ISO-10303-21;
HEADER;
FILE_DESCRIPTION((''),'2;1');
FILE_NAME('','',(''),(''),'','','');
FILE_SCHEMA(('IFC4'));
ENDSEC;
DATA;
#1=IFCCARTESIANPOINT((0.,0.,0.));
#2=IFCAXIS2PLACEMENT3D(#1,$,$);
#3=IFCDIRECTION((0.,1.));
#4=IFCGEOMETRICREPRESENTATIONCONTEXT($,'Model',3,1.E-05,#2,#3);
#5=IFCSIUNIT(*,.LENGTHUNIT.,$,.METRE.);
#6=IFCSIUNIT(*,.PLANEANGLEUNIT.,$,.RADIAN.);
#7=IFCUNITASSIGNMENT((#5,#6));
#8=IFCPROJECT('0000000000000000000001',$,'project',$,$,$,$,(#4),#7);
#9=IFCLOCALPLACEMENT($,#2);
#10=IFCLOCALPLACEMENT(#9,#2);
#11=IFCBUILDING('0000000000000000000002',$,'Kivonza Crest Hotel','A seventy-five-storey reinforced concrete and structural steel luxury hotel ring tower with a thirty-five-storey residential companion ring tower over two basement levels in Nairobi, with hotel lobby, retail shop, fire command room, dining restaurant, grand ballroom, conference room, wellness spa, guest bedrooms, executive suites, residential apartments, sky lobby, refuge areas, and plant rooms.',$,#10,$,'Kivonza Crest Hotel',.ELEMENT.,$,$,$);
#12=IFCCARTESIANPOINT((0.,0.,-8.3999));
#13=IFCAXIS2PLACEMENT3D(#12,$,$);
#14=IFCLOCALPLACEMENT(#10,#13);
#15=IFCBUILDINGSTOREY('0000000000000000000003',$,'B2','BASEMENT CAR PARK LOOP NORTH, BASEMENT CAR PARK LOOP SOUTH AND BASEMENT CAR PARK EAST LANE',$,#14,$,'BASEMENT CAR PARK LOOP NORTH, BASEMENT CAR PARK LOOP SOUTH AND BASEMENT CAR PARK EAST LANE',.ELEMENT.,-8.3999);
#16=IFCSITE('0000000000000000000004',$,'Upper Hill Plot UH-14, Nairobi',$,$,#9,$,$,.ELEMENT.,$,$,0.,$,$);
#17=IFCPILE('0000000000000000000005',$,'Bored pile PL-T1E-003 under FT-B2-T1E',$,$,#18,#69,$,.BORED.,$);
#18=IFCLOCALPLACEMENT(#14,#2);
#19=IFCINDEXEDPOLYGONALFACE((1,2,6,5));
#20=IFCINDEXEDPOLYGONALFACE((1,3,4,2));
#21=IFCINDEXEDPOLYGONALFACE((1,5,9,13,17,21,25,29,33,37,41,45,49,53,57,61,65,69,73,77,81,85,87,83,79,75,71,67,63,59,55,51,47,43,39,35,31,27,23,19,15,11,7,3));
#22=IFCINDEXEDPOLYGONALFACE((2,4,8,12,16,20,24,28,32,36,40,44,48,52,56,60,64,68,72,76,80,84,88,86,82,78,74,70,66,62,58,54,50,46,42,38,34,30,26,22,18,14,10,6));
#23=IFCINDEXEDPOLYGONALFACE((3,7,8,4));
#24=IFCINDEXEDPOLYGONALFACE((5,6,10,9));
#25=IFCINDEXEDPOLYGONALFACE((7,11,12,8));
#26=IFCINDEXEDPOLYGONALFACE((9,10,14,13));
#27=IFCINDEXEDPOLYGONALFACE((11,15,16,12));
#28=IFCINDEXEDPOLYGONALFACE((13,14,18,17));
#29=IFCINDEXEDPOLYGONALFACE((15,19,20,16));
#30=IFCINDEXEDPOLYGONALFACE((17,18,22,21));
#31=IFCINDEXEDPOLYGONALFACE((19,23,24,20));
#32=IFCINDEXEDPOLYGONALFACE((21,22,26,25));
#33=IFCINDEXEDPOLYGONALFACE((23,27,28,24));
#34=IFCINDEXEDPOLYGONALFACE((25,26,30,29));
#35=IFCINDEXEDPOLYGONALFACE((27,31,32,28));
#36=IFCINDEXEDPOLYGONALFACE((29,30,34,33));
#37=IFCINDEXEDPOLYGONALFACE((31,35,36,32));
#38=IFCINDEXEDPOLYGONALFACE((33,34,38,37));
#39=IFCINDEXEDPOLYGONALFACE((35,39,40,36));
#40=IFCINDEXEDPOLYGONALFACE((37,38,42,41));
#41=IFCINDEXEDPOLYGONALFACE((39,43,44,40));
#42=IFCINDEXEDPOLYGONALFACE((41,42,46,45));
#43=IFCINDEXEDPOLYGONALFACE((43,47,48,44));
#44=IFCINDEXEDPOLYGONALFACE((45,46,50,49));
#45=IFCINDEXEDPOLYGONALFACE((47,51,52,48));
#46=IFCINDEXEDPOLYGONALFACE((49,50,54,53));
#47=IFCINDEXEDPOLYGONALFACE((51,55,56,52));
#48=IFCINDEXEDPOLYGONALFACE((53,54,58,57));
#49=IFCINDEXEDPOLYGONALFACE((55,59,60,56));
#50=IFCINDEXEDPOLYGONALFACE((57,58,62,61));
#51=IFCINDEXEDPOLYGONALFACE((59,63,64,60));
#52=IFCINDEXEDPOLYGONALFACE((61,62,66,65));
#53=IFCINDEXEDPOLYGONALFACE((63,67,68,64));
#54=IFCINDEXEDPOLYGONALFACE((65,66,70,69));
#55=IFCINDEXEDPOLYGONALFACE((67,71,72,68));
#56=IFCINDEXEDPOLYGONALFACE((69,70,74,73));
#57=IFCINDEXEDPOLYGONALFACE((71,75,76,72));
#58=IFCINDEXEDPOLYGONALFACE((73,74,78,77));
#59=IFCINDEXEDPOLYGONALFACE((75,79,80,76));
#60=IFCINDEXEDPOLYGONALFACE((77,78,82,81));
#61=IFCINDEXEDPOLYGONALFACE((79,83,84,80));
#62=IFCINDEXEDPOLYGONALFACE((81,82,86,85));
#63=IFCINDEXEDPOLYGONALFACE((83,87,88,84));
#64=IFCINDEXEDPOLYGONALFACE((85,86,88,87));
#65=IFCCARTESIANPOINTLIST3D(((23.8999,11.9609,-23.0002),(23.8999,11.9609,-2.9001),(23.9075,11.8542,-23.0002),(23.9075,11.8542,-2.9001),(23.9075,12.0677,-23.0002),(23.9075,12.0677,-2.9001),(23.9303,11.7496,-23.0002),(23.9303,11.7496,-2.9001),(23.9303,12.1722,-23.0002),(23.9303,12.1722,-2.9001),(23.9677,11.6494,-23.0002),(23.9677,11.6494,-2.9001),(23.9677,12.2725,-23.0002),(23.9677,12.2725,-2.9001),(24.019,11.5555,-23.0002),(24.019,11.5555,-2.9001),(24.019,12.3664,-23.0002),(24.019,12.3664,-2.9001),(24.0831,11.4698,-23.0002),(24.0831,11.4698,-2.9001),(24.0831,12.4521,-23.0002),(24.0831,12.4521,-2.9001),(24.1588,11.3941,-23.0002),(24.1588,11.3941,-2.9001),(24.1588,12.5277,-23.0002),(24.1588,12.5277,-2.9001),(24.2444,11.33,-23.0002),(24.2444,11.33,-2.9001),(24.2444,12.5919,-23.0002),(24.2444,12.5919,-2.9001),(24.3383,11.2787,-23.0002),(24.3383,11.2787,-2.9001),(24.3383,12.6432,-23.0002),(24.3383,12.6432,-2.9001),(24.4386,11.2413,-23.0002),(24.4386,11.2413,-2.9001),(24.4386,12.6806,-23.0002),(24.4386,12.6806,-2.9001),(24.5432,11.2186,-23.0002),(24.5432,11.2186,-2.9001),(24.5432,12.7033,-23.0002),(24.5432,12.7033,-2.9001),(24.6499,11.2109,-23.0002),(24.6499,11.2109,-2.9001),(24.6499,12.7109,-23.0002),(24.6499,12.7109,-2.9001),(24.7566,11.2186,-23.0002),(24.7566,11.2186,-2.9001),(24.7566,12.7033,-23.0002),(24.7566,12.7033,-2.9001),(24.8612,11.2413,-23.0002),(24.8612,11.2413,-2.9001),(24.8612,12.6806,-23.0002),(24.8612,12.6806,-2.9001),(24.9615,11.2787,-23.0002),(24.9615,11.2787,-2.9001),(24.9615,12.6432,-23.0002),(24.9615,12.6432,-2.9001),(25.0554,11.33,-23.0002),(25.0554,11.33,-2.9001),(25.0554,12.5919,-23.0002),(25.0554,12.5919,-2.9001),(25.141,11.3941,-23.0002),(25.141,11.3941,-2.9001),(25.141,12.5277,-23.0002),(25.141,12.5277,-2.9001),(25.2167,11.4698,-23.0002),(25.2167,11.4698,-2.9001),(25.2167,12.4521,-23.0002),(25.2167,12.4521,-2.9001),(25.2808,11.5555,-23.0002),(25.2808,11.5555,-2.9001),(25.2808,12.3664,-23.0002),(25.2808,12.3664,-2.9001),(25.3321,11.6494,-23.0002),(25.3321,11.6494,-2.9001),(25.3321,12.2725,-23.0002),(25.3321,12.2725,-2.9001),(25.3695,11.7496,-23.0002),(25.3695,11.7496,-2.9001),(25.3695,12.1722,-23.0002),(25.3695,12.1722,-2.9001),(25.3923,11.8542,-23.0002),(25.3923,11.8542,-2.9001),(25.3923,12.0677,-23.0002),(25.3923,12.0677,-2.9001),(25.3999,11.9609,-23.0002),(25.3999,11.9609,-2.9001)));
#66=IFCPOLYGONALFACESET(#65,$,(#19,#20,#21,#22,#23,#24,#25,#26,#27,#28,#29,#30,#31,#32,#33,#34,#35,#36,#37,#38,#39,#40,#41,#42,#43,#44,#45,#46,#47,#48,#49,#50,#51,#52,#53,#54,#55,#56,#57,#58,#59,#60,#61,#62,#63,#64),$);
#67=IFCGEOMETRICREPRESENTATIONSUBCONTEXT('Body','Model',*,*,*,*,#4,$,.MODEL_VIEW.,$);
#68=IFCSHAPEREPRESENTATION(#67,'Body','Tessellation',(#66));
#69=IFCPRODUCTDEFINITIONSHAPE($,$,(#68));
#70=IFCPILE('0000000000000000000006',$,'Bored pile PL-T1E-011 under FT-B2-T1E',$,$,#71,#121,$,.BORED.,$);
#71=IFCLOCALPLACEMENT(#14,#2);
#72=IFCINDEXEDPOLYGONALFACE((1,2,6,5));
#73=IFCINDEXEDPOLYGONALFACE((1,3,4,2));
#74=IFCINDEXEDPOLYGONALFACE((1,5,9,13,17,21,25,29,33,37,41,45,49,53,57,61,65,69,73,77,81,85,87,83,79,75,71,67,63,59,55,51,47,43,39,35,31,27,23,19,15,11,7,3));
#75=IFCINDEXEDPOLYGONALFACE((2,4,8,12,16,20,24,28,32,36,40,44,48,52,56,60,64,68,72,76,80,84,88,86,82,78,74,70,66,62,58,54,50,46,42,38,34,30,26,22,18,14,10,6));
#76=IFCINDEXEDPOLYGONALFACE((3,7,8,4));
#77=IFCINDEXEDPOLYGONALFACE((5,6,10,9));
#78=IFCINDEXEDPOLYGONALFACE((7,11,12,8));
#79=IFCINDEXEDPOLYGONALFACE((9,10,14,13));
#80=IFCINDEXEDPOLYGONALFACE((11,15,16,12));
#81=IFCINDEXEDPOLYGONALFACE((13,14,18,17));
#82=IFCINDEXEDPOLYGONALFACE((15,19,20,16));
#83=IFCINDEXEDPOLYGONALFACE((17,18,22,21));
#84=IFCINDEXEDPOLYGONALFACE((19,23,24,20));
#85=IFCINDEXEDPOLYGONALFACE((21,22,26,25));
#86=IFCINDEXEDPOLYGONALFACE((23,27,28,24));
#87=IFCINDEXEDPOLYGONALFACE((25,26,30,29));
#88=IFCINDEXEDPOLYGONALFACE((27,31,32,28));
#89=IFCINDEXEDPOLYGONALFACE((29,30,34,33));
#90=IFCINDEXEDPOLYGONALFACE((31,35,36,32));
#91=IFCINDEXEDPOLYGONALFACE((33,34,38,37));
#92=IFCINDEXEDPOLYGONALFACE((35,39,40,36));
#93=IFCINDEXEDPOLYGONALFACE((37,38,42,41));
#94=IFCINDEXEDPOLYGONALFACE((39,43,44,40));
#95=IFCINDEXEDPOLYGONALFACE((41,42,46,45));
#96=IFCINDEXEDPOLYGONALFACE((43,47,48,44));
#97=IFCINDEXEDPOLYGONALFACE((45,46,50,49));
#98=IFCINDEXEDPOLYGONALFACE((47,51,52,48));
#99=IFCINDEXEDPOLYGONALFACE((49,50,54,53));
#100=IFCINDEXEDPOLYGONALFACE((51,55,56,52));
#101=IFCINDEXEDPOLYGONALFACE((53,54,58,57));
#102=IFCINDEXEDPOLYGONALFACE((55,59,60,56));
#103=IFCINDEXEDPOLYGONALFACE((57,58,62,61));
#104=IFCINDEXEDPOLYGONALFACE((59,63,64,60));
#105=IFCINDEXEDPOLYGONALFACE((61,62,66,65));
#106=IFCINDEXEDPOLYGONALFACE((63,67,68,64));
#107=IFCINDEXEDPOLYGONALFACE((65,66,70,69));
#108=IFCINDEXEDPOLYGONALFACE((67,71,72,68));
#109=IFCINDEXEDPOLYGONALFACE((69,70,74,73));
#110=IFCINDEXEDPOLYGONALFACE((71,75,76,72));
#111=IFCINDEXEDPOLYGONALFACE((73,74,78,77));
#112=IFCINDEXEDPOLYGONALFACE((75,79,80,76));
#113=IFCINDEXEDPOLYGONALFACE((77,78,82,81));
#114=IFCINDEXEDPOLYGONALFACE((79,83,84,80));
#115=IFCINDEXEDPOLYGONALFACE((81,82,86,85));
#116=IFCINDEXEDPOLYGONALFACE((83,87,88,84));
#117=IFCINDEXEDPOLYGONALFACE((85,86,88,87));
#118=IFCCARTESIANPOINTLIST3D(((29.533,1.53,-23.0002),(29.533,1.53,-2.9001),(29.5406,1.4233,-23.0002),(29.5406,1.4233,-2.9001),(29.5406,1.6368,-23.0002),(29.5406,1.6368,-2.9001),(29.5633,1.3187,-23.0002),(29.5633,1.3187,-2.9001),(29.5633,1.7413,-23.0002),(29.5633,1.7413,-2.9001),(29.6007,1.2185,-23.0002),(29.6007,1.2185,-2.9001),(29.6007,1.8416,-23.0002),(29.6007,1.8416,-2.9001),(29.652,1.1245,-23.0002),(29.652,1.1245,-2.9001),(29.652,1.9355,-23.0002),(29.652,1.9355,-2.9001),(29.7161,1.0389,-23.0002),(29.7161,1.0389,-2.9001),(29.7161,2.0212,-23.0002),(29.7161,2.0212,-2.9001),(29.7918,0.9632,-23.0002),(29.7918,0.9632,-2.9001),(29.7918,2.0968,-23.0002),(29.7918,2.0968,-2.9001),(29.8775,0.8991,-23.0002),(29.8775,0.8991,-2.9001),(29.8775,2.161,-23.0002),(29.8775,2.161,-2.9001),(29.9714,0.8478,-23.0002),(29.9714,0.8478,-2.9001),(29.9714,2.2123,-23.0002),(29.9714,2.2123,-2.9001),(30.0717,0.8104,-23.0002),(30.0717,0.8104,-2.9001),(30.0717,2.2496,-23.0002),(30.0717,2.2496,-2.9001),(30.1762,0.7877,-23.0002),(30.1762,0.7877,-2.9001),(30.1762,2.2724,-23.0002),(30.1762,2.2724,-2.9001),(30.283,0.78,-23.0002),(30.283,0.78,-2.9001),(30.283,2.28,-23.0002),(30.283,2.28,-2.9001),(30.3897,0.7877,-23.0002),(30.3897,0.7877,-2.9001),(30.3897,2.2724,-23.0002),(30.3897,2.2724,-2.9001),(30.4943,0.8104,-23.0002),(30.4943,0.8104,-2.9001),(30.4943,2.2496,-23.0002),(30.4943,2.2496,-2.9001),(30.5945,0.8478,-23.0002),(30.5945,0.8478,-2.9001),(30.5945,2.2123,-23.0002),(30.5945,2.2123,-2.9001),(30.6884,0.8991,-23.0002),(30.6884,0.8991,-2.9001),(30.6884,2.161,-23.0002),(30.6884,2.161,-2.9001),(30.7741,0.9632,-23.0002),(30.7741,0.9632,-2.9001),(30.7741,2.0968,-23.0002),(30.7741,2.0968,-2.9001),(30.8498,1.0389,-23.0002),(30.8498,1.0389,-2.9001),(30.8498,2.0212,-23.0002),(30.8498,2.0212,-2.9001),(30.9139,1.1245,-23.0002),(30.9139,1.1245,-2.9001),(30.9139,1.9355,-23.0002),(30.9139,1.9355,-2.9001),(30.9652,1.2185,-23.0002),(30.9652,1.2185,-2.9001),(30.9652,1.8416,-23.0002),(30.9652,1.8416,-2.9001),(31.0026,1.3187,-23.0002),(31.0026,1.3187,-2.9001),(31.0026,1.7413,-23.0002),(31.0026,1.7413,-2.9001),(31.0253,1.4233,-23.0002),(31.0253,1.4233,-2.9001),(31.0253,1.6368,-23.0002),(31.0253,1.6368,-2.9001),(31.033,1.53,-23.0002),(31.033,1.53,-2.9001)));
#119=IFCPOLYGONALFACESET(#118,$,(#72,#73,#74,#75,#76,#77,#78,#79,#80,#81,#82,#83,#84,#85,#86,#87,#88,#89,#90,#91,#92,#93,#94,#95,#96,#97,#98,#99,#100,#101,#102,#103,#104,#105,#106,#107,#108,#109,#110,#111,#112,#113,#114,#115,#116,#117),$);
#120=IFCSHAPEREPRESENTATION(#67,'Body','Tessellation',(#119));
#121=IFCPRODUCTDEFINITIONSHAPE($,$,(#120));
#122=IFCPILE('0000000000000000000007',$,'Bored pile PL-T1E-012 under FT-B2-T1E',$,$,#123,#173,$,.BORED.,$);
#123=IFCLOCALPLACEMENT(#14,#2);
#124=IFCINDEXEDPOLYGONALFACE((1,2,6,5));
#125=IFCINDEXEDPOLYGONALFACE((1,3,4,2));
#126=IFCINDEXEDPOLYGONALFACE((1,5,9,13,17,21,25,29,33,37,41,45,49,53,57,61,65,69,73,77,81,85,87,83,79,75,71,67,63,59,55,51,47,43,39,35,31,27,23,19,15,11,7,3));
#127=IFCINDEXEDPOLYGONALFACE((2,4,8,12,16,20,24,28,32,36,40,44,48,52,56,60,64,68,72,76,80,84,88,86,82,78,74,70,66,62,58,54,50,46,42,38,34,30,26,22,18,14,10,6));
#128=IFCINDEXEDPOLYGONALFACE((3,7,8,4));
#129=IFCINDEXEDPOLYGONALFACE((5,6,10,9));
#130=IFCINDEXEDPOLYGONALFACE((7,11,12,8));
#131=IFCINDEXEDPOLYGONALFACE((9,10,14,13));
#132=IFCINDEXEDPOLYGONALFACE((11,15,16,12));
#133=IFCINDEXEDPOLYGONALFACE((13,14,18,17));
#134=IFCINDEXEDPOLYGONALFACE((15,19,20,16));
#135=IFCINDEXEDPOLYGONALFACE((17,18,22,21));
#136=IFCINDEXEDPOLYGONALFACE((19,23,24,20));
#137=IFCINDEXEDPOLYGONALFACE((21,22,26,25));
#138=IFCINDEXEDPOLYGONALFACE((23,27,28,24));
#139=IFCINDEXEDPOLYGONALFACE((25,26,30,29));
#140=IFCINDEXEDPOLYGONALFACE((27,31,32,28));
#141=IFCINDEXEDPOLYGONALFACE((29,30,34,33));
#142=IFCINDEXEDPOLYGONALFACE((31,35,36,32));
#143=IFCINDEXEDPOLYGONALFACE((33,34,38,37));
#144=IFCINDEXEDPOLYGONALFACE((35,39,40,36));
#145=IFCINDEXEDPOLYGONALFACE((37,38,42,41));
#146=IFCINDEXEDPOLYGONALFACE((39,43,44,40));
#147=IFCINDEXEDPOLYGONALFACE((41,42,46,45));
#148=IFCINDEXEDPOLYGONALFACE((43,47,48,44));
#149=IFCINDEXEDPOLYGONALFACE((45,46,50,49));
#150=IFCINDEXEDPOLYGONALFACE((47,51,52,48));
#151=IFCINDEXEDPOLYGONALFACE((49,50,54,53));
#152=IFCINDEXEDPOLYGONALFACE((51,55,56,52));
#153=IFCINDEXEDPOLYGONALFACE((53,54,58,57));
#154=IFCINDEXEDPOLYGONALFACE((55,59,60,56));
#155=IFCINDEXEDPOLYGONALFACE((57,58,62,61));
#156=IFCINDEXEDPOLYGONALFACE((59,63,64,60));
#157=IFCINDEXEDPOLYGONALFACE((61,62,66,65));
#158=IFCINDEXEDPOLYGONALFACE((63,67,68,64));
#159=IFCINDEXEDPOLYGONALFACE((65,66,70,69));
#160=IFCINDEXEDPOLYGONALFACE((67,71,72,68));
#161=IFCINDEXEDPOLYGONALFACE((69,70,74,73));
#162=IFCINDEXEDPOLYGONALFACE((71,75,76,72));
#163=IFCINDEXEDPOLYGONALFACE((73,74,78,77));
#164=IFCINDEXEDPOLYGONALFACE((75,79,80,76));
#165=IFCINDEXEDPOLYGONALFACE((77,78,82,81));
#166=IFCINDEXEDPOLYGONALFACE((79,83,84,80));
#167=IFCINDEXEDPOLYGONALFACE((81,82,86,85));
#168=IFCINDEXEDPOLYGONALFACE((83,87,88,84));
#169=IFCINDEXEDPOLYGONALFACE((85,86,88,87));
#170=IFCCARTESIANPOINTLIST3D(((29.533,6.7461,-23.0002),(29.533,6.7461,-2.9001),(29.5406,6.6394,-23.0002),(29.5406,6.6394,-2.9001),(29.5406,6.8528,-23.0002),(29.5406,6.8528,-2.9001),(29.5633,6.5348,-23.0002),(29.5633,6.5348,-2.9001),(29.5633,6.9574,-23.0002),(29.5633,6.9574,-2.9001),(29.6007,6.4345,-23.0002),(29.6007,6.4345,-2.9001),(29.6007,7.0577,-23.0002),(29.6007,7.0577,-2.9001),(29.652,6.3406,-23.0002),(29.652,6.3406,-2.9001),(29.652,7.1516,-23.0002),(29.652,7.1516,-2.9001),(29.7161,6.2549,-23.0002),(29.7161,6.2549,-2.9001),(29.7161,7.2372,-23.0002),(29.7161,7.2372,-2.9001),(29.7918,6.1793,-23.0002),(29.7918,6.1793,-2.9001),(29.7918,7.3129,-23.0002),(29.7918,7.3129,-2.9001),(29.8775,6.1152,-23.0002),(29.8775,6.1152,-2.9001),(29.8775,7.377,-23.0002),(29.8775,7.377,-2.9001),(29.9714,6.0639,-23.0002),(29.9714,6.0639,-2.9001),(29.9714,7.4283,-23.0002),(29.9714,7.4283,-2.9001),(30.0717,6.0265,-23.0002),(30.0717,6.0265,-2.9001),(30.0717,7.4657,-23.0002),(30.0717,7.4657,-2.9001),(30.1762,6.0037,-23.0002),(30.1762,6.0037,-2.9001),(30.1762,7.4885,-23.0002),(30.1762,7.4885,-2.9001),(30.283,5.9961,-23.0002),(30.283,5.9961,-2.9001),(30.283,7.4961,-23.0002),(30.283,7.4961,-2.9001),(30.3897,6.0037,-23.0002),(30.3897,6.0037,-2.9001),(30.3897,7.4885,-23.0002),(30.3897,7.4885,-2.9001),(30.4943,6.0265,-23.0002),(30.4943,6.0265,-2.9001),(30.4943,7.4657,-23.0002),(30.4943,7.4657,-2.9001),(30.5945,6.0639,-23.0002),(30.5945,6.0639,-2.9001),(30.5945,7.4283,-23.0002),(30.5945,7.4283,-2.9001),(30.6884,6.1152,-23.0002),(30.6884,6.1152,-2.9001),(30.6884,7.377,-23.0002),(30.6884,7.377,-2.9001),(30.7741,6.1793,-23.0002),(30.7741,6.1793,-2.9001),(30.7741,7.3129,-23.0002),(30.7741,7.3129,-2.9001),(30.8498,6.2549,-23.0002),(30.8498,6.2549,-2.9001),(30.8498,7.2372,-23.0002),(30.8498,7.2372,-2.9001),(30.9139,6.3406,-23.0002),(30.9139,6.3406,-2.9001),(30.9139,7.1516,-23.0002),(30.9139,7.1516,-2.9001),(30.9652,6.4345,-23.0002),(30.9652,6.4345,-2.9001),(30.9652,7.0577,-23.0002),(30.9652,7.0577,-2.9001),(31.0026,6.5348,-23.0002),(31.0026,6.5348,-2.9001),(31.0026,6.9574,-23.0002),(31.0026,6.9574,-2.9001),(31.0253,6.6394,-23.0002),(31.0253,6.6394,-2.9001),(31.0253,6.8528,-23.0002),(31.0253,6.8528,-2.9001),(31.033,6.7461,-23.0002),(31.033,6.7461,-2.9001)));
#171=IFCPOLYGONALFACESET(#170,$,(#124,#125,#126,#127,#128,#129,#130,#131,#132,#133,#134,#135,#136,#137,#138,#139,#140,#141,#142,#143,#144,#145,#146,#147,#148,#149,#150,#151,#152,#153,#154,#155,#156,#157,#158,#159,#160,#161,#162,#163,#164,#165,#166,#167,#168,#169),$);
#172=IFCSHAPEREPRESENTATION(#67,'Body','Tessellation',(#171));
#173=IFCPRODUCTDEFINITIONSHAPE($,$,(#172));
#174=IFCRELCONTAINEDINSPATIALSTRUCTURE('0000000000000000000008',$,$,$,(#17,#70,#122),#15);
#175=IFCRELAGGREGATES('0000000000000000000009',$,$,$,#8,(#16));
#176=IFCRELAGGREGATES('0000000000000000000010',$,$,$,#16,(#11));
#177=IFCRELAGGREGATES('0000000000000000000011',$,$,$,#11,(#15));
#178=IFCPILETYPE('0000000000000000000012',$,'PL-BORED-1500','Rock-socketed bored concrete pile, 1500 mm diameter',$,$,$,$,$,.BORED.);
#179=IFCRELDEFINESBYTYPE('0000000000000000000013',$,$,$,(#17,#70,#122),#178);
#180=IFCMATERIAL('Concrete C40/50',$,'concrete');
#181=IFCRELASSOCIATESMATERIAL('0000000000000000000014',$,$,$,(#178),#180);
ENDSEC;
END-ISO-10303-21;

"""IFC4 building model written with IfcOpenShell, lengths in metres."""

from ifc_helpers import new_model, si_unit, direction, frame, origin, origin_2d, place, context, subcontext, project, spatial, circle, extrude, material, material_profile, profile_set, type_object, element, save


model = new_model("IFC4")

# Units and contexts
model_context = context("Model", 3, precision=1e-05, world=origin(), true_north=direction((0.0, 1.0)))
body_context = subcontext(model_context, "Body", "Model", "MODEL_VIEW")
ifc_project = project(units=[si_unit("LENGTHUNIT", "METRE"), si_unit("PLANEANGLEUNIT", "RADIAN")], contexts=[model_context])

# Site, building, storey
site_placement = place(None, origin())
site = spatial("IfcSite", under=ifc_project, at=site_placement, Name="Upper Hill Plot UH-14, Nairobi", CompositionType="ELEMENT", RefElevation=0.0)
building_placement = place(site_placement, origin())
building = spatial("IfcBuilding", under=site, at=building_placement, Name="Kivonza Crest Hotel", Description="A seventy-five-storey reinforced concrete and structural steel luxury hotel ring tower with a thirty-five-storey residential companion ring tower over two basement levels in Nairobi, with hotel lobby, retail shop, fire command room, dining restaurant, grand ballroom, conference room, wellness spa, guest bedrooms, executive suites, residential apartments, sky lobby, refuge areas, and plant rooms.", LongName="Kivonza Crest Hotel", CompositionType="ELEMENT")
storey_placement = place(building_placement, frame((0.0, 0.0, -8.3999)))
storey = spatial("IfcBuildingStorey", under=building, at=storey_placement, Name="B2", Description="BASEMENT CAR PARK LOOP NORTH, BASEMENT CAR PARK LOOP SOUTH AND BASEMENT CAR PARK EAST LANE", LongName="BASEMENT CAR PARK LOOP NORTH, BASEMENT CAR PARK LOOP SOUTH AND BASEMENT CAR PARK EAST LANE", CompositionType="ELEMENT", Elevation=-8.3999)

# Piles
ifc_material_1 = material(Name="Concrete C40/50", Category="concrete")
ifc_material_profile_1 = material_profile(ifc_material_1, circle(Radius=0.75, at=origin_2d()), Name="PILE D1500")
ifc_profile_set_1 = profile_set([ifc_material_profile_1], Name="Concrete C40/50")
pile_type = type_object("IfcPileType", Name="PL-BORED-1500", Description="Rock-socketed bored concrete pile, 1500 mm diameter", PredefinedType="BORED", material=ifc_profile_set_1)
for number, where, z_axis, x_axis, name in (
    (1, (24.6499, 11.9609, -2.9001), (0.0, 0.0, -1.0), (1.0, 0.0, 0.0), "Bored pile PL-T1E-003 under FT-B2-T1E"),
    (2, (30.283, 1.53, -2.9001), (0.0, 0.0, -1.0), (1.0, 0.0, 0.0), "Bored pile PL-T1E-011 under FT-B2-T1E"),
    (3, (30.283, 6.7461, -2.9001), (0.0, 0.0, -1.0), (1.0, 0.0, 0.0), "Bored pile PL-T1E-012 under FT-B2-T1E"),
):
    element("IfcPile", number, at=place(storey_placement, frame(where, z_axis=z_axis, x_axis=x_axis)), inside=storey, type_object=pile_type, Name=name, PredefinedType="BORED", context=body_context, shape_type="SweptSolid", body=[
        extrude(circle(Radius=0.75, at=origin_2d()), origin(), (0.0, 0.0, 1.0), 20.1001),
    ])

save(model, "model.ifc")
